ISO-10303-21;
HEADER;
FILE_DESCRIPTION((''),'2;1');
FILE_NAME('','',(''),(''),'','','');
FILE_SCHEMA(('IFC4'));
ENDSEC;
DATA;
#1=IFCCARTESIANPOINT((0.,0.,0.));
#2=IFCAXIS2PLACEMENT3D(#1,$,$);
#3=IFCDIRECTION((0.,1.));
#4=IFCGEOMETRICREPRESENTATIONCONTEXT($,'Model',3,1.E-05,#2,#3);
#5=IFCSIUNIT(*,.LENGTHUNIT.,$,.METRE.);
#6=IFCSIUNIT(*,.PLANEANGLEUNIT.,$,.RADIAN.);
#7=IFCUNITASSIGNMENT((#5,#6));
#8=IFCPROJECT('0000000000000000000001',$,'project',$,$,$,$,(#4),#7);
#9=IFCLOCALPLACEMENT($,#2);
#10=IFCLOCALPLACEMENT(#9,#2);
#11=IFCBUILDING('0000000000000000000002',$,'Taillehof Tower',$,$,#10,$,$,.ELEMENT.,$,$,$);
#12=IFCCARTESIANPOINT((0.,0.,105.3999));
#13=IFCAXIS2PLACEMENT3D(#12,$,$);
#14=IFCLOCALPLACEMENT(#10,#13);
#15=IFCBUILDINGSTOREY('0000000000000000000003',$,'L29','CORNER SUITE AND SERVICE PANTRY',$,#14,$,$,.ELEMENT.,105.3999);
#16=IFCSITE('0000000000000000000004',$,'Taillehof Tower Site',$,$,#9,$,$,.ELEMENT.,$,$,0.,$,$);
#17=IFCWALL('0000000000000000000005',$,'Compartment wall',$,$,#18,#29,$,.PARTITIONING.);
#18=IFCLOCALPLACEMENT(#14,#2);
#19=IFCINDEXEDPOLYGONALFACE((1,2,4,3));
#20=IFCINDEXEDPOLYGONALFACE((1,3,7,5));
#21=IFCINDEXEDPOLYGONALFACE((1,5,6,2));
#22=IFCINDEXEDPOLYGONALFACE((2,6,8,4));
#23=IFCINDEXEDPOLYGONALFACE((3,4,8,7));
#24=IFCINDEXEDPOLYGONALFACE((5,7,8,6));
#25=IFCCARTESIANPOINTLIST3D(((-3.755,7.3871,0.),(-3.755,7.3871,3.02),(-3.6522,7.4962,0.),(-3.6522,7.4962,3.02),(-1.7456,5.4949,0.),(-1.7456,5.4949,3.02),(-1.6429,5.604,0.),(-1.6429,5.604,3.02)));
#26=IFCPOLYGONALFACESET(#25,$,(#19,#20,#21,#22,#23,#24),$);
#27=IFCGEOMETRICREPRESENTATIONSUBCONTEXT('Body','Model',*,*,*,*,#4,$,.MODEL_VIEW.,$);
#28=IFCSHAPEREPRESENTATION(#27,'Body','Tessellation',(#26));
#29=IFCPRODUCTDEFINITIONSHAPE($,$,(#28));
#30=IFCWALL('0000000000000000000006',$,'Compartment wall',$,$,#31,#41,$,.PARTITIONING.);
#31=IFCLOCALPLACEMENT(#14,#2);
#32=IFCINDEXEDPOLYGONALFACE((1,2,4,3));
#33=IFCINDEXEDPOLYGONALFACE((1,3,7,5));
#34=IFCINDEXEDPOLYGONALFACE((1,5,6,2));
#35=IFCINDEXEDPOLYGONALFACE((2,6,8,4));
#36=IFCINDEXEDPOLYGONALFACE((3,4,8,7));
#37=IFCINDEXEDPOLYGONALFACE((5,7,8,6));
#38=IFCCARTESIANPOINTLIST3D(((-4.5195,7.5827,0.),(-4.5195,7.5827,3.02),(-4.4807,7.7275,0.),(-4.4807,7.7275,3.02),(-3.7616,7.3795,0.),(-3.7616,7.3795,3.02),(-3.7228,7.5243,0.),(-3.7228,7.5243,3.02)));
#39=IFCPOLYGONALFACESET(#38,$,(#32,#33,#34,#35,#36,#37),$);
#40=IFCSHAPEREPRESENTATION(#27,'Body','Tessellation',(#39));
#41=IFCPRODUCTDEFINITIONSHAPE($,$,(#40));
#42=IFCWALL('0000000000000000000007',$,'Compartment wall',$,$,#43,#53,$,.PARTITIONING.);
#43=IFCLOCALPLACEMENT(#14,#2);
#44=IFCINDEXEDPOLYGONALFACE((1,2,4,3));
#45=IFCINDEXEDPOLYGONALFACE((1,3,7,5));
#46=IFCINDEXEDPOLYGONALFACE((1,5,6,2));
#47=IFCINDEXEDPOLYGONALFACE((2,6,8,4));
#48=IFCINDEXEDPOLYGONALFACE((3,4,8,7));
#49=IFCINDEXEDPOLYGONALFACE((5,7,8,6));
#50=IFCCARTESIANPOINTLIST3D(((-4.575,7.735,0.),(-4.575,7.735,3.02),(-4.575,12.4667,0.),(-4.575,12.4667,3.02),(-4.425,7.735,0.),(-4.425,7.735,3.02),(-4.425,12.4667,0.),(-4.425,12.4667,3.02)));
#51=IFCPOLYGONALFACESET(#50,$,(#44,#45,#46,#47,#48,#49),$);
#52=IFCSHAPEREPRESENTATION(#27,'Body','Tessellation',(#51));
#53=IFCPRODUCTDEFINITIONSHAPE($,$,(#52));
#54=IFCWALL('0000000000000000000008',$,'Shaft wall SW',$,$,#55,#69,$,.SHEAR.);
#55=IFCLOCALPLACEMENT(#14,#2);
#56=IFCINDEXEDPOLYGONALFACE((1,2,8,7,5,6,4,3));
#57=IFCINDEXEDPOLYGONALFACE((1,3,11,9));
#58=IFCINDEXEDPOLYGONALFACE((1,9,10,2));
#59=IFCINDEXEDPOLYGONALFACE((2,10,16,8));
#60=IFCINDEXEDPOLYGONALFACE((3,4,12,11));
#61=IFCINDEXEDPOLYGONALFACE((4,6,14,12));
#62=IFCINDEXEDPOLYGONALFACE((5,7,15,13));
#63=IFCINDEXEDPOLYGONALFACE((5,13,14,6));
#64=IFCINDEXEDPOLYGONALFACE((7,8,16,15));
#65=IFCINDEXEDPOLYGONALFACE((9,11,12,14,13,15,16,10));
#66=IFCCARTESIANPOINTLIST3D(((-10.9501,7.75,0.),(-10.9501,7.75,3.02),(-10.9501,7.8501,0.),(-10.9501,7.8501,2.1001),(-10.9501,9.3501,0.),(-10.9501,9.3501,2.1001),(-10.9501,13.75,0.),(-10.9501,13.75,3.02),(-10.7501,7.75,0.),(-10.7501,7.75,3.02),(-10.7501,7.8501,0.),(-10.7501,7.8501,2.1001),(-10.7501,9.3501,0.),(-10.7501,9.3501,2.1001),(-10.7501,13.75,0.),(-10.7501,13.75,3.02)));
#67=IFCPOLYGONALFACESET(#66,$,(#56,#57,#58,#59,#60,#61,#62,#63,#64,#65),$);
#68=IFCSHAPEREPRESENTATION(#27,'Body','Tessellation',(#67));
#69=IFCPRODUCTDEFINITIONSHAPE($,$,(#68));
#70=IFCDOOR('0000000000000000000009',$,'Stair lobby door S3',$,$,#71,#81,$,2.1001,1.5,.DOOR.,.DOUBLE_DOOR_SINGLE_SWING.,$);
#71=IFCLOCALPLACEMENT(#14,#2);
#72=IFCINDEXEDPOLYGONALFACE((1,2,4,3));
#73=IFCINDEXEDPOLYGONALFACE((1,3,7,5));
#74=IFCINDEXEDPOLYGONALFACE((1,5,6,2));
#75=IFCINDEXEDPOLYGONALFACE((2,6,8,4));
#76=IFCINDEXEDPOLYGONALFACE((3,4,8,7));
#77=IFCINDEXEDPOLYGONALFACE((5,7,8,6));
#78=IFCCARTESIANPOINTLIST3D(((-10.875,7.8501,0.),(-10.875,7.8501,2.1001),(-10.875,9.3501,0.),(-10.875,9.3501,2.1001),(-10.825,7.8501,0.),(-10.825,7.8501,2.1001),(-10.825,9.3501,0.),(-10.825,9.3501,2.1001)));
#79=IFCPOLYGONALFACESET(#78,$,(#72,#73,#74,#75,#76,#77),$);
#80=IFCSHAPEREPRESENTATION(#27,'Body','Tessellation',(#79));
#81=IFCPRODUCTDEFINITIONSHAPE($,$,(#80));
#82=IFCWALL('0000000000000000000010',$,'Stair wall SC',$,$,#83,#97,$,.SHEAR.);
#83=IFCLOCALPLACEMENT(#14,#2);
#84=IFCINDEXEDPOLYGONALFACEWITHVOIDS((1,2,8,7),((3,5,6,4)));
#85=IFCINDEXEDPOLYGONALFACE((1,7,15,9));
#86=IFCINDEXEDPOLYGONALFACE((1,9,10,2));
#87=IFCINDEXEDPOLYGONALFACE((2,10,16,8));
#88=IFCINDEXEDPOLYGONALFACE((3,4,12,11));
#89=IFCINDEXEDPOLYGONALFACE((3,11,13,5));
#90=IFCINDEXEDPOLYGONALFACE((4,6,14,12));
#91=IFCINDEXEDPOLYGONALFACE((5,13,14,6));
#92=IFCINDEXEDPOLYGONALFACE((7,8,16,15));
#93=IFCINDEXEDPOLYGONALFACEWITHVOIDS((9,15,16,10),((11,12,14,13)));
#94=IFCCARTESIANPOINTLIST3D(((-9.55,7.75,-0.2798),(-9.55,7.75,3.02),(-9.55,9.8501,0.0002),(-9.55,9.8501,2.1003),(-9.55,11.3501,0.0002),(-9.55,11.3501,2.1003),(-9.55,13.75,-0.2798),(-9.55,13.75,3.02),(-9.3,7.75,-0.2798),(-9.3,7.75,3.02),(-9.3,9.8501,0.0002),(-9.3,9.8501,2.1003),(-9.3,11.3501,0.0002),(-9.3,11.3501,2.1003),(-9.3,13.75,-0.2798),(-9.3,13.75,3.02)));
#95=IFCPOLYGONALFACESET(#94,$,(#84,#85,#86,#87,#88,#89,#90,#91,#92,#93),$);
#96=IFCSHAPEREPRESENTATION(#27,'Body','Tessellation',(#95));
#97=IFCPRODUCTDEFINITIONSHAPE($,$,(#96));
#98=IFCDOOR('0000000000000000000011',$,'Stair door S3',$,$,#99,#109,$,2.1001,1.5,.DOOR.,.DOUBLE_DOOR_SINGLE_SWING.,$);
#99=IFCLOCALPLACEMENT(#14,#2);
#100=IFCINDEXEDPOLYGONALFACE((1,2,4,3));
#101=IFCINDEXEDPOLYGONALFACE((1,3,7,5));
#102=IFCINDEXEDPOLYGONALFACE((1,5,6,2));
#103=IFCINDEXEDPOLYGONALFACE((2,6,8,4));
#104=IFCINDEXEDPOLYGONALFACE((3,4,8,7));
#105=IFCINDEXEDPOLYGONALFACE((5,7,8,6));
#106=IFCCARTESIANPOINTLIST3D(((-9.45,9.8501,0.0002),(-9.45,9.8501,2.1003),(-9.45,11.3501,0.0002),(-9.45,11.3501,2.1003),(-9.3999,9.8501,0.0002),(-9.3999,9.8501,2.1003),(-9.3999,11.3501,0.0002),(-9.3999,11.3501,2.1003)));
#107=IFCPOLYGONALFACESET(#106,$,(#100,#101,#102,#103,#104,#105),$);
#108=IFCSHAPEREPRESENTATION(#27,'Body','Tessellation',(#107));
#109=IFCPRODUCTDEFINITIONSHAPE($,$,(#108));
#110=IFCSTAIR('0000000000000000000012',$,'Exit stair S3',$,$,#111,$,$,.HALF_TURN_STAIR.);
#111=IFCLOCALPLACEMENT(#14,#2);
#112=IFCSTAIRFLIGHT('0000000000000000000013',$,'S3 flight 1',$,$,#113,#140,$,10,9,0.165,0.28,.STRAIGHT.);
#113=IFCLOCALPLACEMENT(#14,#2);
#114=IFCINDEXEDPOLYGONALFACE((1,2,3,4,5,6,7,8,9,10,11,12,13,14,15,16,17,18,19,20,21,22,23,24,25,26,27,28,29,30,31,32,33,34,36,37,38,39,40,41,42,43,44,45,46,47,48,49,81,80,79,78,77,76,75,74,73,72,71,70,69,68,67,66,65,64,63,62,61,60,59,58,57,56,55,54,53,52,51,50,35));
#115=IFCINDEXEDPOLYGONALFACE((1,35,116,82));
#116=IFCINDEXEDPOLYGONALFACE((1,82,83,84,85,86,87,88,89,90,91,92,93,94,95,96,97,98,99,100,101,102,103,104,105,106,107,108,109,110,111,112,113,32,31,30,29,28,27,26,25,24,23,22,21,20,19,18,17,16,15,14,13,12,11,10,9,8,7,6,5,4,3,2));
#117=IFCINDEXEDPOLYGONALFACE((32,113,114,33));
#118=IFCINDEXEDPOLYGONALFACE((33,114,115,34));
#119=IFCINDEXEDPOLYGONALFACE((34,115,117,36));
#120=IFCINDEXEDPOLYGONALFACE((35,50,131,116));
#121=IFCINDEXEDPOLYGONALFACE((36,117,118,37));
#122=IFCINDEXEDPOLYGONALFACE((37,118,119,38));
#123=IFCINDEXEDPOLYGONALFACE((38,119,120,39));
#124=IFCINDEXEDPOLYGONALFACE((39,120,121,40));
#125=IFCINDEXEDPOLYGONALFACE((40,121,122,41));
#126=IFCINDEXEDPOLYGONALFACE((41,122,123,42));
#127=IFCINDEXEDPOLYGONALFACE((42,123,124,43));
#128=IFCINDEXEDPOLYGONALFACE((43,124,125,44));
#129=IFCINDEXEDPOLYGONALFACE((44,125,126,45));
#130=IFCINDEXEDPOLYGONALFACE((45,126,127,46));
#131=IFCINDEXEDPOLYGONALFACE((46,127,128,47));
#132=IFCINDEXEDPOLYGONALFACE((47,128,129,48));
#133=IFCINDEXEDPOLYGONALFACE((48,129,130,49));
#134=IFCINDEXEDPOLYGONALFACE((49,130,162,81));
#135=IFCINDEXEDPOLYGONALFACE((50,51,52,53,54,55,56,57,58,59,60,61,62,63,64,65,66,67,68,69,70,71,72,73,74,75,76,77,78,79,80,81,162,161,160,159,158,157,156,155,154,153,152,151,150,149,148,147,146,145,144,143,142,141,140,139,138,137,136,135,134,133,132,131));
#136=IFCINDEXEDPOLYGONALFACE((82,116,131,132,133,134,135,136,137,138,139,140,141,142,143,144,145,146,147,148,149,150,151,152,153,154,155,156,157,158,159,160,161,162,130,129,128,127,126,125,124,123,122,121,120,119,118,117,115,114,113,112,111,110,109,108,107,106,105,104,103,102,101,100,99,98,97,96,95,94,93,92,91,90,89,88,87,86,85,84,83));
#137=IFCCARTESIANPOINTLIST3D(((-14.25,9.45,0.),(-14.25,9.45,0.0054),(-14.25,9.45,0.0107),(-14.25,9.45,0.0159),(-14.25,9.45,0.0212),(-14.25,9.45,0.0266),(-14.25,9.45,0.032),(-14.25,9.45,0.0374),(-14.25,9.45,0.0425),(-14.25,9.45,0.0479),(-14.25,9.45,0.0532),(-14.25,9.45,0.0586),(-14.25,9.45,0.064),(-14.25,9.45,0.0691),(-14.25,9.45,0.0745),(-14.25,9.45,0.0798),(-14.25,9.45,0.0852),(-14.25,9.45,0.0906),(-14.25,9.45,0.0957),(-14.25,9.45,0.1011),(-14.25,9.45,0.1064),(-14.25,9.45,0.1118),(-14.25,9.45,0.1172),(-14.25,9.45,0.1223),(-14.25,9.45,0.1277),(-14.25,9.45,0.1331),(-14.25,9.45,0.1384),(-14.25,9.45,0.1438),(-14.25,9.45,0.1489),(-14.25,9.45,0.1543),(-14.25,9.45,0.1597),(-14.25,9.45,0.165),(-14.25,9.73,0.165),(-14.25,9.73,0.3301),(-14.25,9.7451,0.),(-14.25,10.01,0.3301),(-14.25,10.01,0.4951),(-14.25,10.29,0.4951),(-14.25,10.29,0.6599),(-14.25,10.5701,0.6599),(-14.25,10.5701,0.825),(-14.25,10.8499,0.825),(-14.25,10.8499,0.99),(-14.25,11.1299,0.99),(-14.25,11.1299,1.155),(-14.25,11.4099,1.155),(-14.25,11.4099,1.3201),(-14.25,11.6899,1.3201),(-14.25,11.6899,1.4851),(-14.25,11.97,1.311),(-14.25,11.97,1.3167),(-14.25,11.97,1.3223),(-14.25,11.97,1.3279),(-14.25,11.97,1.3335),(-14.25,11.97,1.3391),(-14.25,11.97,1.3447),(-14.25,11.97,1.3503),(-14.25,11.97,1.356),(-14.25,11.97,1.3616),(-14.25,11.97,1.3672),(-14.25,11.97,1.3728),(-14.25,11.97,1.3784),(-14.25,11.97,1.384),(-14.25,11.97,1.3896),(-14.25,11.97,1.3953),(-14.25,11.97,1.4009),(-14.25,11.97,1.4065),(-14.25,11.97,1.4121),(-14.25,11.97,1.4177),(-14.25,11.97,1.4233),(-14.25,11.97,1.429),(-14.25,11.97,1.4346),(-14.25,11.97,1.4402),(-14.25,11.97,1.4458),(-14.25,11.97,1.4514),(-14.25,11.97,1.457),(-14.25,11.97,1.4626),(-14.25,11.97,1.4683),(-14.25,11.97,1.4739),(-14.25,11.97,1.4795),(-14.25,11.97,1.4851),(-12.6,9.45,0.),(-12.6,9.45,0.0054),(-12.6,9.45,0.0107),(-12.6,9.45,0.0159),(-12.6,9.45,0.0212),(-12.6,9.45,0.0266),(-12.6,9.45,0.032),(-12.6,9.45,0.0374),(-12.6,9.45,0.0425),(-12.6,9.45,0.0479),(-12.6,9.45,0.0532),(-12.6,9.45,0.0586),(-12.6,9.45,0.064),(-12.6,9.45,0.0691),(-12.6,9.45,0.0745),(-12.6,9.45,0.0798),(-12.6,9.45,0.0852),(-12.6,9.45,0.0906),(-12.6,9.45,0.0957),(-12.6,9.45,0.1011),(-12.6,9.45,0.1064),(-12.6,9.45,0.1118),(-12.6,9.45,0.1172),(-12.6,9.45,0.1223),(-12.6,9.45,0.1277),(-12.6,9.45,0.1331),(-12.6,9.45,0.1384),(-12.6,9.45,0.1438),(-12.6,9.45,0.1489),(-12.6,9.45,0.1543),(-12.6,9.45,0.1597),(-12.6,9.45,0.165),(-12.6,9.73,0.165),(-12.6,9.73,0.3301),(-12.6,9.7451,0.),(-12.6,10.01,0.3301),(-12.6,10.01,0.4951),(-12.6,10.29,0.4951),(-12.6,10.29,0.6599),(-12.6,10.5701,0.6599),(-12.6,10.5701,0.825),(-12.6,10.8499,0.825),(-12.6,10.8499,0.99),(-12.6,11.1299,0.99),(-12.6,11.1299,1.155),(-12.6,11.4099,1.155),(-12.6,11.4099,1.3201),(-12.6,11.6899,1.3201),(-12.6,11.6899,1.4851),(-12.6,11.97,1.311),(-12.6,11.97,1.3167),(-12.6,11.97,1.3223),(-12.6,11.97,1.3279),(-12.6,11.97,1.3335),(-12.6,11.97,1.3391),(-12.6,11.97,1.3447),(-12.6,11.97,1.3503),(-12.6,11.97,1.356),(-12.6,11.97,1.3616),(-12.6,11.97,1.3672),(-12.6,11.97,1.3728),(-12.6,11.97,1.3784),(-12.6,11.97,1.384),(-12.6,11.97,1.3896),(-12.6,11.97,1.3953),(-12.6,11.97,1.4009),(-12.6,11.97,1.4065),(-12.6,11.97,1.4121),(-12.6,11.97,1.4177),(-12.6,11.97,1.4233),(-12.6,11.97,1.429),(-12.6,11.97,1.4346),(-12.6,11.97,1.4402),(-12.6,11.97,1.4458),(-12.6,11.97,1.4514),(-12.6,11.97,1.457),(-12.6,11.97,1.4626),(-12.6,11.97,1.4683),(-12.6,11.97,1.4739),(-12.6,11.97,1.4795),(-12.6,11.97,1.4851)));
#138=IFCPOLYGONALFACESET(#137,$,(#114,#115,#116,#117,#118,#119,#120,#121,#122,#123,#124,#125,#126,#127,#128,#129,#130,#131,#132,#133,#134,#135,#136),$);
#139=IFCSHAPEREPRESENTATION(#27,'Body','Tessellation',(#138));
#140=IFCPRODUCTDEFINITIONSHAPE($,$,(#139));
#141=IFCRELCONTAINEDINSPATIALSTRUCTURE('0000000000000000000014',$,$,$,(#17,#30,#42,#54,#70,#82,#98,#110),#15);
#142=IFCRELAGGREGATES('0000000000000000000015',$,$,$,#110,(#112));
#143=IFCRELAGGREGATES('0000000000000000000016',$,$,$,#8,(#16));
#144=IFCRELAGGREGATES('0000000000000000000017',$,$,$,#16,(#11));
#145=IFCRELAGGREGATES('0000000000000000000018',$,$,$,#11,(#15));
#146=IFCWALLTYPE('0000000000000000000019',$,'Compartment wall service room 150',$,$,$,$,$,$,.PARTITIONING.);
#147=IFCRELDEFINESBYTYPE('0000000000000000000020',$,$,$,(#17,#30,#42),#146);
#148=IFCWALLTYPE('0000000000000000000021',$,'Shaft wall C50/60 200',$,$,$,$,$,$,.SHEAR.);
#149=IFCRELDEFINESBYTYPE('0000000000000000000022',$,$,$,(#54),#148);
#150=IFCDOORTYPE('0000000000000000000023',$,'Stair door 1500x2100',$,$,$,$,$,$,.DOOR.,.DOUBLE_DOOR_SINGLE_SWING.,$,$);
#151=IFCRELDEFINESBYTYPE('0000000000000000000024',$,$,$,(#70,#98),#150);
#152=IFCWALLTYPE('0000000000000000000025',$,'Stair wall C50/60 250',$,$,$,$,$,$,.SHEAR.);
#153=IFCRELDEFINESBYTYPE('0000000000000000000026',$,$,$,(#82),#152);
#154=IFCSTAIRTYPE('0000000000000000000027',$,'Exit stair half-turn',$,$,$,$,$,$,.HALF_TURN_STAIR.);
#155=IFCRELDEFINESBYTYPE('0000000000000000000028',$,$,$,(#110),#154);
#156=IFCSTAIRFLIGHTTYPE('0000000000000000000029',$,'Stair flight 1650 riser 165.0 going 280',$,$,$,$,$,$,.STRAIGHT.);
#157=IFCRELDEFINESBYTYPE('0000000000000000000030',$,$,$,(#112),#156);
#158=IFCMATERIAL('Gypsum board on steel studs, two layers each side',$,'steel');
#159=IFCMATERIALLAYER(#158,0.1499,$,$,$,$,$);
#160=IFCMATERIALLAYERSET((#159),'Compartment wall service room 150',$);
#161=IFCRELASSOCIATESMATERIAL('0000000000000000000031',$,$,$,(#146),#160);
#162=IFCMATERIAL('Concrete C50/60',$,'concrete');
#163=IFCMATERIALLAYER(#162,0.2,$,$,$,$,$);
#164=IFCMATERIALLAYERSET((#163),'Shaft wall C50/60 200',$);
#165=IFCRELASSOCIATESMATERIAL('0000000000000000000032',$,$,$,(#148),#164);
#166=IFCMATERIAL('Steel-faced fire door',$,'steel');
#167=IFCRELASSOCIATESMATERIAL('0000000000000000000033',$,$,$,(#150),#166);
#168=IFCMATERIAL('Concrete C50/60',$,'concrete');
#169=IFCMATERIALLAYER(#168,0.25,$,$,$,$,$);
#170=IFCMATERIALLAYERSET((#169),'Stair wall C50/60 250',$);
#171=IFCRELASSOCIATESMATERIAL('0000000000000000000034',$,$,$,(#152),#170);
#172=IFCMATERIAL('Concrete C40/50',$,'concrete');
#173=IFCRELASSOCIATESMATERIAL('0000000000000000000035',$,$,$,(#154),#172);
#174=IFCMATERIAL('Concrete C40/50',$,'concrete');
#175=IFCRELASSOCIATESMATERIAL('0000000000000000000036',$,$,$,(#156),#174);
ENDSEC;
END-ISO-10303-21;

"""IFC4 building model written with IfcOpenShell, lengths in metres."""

from ifc_helpers import new_model, si_unit, direction, frame, frame_2d, origin, place, context, subcontext, project, spatial, polyline, rectangle, outline, extrude, material, layer, layer_set, type_object, element, fill, aggregate, save


model = new_model("IFC4")

# Units and contexts
model_context = context("Model", 3, precision=1e-05, world=origin(), true_north=direction((0.0, 1.0)))
body_context = subcontext(model_context, "Body", "Model", "MODEL_VIEW")
ifc_project = project(units=[si_unit("LENGTHUNIT", "METRE"), si_unit("PLANEANGLEUNIT", "RADIAN")], contexts=[model_context])

# Site, building, storey
site_placement = place(None, origin())
site = spatial("IfcSite", under=ifc_project, at=site_placement, Name="Taillehof Tower Site", CompositionType="ELEMENT", RefElevation=0.0)
building_placement = place(site_placement, origin())
building = spatial("IfcBuilding", under=site, at=building_placement, Name="Taillehof Tower", CompositionType="ELEMENT")
storey_placement = place(building_placement, frame((0.0, 0.0, 105.3999)))
storey = spatial("IfcBuildingStorey", under=building, at=storey_placement, Name="L29", Description="CORNER SUITE AND SERVICE PANTRY", CompositionType="ELEMENT", Elevation=105.3999)

# Walls
ifc_material_1 = material(Name="Gypsum board on steel studs, two layers each side", Category="steel")
ifc_layer_1 = layer(ifc_material_1, 0.1499)
ifc_layer_set_1 = layer_set([ifc_layer_1], Name="Compartment wall service room 150")
wall_type_1 = type_object("IfcWallType", Name="Compartment wall service room 150", PredefinedType="PARTITIONING", material=ifc_layer_set_1)
wall_1_placement = place(storey_placement, frame((-1.6943, 5.5496, 0.0), z_axis=(0.0, 0.0, 1.0), x_axis=(-0.728018, 0.685558, 0.0)))
element("IfcWall", 1, at=wall_1_placement, inside=storey, type_object=wall_type_1, Name="Compartment wall", PredefinedType="PARTITIONING", context=body_context, shape_type="SweptSolid", body=[
    extrude(rectangle(XDim=2.76, YDim=0.1499, at=frame_2d((1.3799, 0.0))), origin(), (0.0, 0.0, 1.0), 3.02),
])
wall_2_placement = place(storey_placement, frame((-3.7422, 7.4519, 0.0), z_axis=(0.0, 0.0, 1.0), x_axis=(-0.965904, 0.258902, 0.0)))
element("IfcWall", 2, at=wall_2_placement, inside=storey, type_object=wall_type_1, Name="Compartment wall", PredefinedType="PARTITIONING", context=body_context, shape_type="SweptSolid", body=[
    extrude(rectangle(XDim=0.7847, YDim=0.1499, at=frame_2d((0.3923, 0.0))), origin(), (0.0, 0.0, 1.0), 3.02),
])
wall_3_placement = place(storey_placement, frame((-4.5, 7.7351, 0.0), z_axis=(0.0, 0.0, 1.0), x_axis=(0.0, 1.0, 0.0)))
element("IfcWall", 3, at=wall_3_placement, inside=storey, type_object=wall_type_1, Name="Compartment wall", PredefinedType="PARTITIONING", context=body_context, shape_type="SweptSolid", body=[
    extrude(rectangle(XDim=4.7317, YDim=0.1499, at=frame_2d((2.3657, 0.0))), origin(), (0.0, 0.0, 1.0), 3.02),
])

# Walls, openings, doors
ifc_material_2 = material(Name="Concrete C50/60", Category="concrete")
ifc_layer_2 = layer(ifc_material_2, 0.2)
ifc_layer_set_2 = layer_set([ifc_layer_2], Name="Shaft wall C50/60 200")
wall_type_2 = type_object("IfcWallType", Name="Shaft wall C50/60 200", PredefinedType="SHEAR", material=ifc_layer_set_2)
wall_4_placement = place(storey_placement, frame((-10.8501, 7.75, 0.0), z_axis=(0.0, 0.0, 1.0), x_axis=(0.0, 1.0, 0.0)))
wall_4 = element("IfcWall", 4, at=wall_4_placement, inside=storey, type_object=wall_type_2, Name="Shaft wall SW", PredefinedType="SHEAR", context=body_context, shape_type="SweptSolid", body=[
    extrude(rectangle(XDim=6.0, YDim=0.2, at=frame_2d((3.0, 0.0))), origin(), (0.0, 0.0, 1.0), 3.02),
])
opening_1_placement = place(wall_4_placement, frame((0.1001, 0.0, 0.0)))
opening_1 = element("IfcOpeningElement", 5, at=opening_1_placement, cuts=wall_4, PredefinedType="OPENING", context=body_context, shape_type="SweptSolid", body=[
    extrude(rectangle(XDim=1.5, YDim=2.1001, at=frame_2d((0.75, 1.05))), frame((0.0, 0.1099, 0.0), z_axis=(0.0, -1.0, 0.0), x_axis=(1.0, 0.0, 0.0)), (0.0, 0.0, 1.0), 0.22),
])
ifc_material_3 = material(Name="Steel-faced fire door", Category="steel")
door_type = type_object("IfcDoorType", Name="Stair door 1500x2100", OperationType="DOUBLE_DOOR_SINGLE_SWING", PredefinedType="DOOR", material=ifc_material_3)
door_1_placement = place(opening_1_placement, origin())
door_1 = element("IfcDoor", 6, at=door_1_placement, inside=storey, type_object=door_type, Name="Stair lobby door S3", OperationType="DOUBLE_DOOR_SINGLE_SWING", OverallHeight=2.1001, OverallWidth=1.5, PredefinedType="DOOR", context=body_context, shape_type="SweptSolid", body=[
    extrude(rectangle(XDim=1.5, YDim=2.1001, at=frame_2d((0.75, 1.05))), frame((0.0, 0.0249, 0.0), z_axis=(0.0, -1.0, 0.0), x_axis=(1.0, 0.0, 0.0)), (0.0, 0.0, 1.0), 0.05),
])
fill(opening_1, door_1)
ifc_material_4 = material(Name="Concrete C50/60", Category="concrete")
ifc_layer_3 = layer(ifc_material_4, 0.25)
ifc_layer_set_3 = layer_set([ifc_layer_3], Name="Stair wall C50/60 250")
wall_type_3 = type_object("IfcWallType", Name="Stair wall C50/60 250", PredefinedType="SHEAR", material=ifc_layer_set_3)
wall_5_placement = place(storey_placement, frame((-9.425, 7.75, -0.2798), z_axis=(0.0, 0.0, 1.0), x_axis=(0.0, 1.0, 0.0)))
wall_5 = element("IfcWall", 7, at=wall_5_placement, inside=storey, type_object=wall_type_3, Name="Stair wall SC", PredefinedType="SHEAR", context=body_context, shape_type="SweptSolid", body=[
    extrude(rectangle(XDim=6.0, YDim=0.25, at=frame_2d((3.0, 0.0))), origin(), (0.0, 0.0, 1.0), 3.2998),
])
opening_2_placement = place(wall_5_placement, frame((2.1001, 0.0, 0.28)))
opening_2 = element("IfcOpeningElement", 8, at=opening_2_placement, cuts=wall_5, PredefinedType="OPENING", context=body_context, shape_type="SweptSolid", body=[
    extrude(rectangle(XDim=1.5, YDim=2.1001, at=frame_2d((0.75, 1.05))), frame((0.0, 0.135, 0.0), z_axis=(0.0, -1.0, 0.0), x_axis=(1.0, 0.0, 0.0)), (0.0, 0.0, 1.0), 0.27),
])
door_2_placement = place(opening_2_placement, origin())
door_2 = element("IfcDoor", 9, at=door_2_placement, inside=storey, type_object=door_type, Name="Stair door S3", OperationType="DOUBLE_DOOR_SINGLE_SWING", OverallHeight=2.1001, OverallWidth=1.5, PredefinedType="DOOR", context=body_context, shape_type="SweptSolid", body=[
    extrude(rectangle(XDim=1.5, YDim=2.1001, at=frame_2d((0.75, 1.05))), frame((0.0, 0.0249, 0.0), z_axis=(0.0, -1.0, 0.0), x_axis=(1.0, 0.0, 0.0)), (0.0, 0.0, 1.0), 0.05),
])
fill(opening_2, door_2)

# Stair, stair flight
ifc_material_5 = material(Name="Concrete C40/50", Category="concrete")
stair_type = type_object("IfcStairType", Name="Exit stair half-turn", PredefinedType="HALF_TURN_STAIR", material=ifc_material_5)
stair_placement = place(storey_placement, origin())
stair = element("IfcStair", 10, at=stair_placement, inside=storey, type_object=stair_type, Name="Exit stair S3", PredefinedType="HALF_TURN_STAIR")
ifc_material_6 = material(Name="Concrete C40/50", Category="concrete")
stair_flight_type = type_object("IfcStairFlightType", Name="Stair flight 1650 riser 165.0 going 280", PredefinedType="STRAIGHT", material=ifc_material_6)
stair_flight_1_placement = place(storey_placement, frame((-13.425, 9.45, 0.0), z_axis=(0.0, 0.0, 1.0), x_axis=(0.0, 1.0, 0.0)))
stair_flight_1 = element("IfcStairFlight", 11, at=stair_flight_1_placement, type_object=stair_flight_type, Name="S3 flight 1", NumberOfRisers=10, NumberOfTreads=9, PredefinedType="STRAIGHT", RiserHeight=0.165, TreadLength=0.28, context=body_context, shape_type="SweptSolid", body=[
    extrude(outline(polyline([(0.0, 0.0), (0.0, 0.0054), (0.0, 0.0107), (0.0, 0.0159), (0.0, 0.0212), (0.0, 0.0266), (0.0, 0.032), (0.0, 0.0374), (0.0, 0.0425), (0.0, 0.0479), (0.0, 0.0532), (0.0, 0.0586), (0.0, 0.064), (0.0, 0.0691), (0.0, 0.0745), (0.0, 0.0798), (0.0, 0.0852), (0.0, 0.0906), (0.0, 0.0957), (0.0, 0.1011), (0.0, 0.1064), (0.0, 0.1118), (0.0, 0.1172), (0.0, 0.1223), (0.0, 0.1277), (0.0, 0.1331), (0.0, 0.1384), (0.0, 0.1438), (0.0, 0.1489), (0.0, 0.1543), (0.0, 0.1597), (0.0, 0.165), (0.28, 0.165), (0.28, 0.3301), (0.5601, 0.3301), (0.5601, 0.4951), (0.8401, 0.4951), (0.8401, 0.6599), (1.1201, 0.6599), (1.1201, 0.825), (1.3999, 0.825), (1.3999, 0.99), (1.6799, 0.99), (1.6799, 1.155), (1.96, 1.155), (1.96, 1.3201), (2.24, 1.3201), (2.24, 1.4851), (2.52, 1.4851), (2.52, 1.4795), (2.52, 1.4739), (2.52, 1.4683), (2.52, 1.4626), (2.52, 1.457), (2.52, 1.4514), (2.52, 1.4458), (2.52, 1.4402), (2.52, 1.4346), (2.52, 1.429), (2.52, 1.4233), (2.52, 1.4177), (2.52, 1.4121), (2.52, 1.4065), (2.52, 1.4009), (2.52, 1.3953), (2.52, 1.3896), (2.52, 1.384), (2.52, 1.3784), (2.52, 1.3728), (2.52, 1.3672), (2.52, 1.3616), (2.52, 1.356), (2.52, 1.3503), (2.52, 1.3447), (2.52, 1.3391), (2.52, 1.3335), (2.52, 1.3279), (2.52, 1.3223), (2.52, 1.3167), (2.52, 1.311), (0.2952, 0.0), (0.0, 0.0)])), frame((0.0, 0.825, 0.0), z_axis=(0.0, -1.0, 0.0), x_axis=(1.0, 0.0, 0.0)), (0.0, 0.0, 1.0), 1.65),
])
aggregate(stair, [stair_flight_1])

save(model, "model.ifc")
